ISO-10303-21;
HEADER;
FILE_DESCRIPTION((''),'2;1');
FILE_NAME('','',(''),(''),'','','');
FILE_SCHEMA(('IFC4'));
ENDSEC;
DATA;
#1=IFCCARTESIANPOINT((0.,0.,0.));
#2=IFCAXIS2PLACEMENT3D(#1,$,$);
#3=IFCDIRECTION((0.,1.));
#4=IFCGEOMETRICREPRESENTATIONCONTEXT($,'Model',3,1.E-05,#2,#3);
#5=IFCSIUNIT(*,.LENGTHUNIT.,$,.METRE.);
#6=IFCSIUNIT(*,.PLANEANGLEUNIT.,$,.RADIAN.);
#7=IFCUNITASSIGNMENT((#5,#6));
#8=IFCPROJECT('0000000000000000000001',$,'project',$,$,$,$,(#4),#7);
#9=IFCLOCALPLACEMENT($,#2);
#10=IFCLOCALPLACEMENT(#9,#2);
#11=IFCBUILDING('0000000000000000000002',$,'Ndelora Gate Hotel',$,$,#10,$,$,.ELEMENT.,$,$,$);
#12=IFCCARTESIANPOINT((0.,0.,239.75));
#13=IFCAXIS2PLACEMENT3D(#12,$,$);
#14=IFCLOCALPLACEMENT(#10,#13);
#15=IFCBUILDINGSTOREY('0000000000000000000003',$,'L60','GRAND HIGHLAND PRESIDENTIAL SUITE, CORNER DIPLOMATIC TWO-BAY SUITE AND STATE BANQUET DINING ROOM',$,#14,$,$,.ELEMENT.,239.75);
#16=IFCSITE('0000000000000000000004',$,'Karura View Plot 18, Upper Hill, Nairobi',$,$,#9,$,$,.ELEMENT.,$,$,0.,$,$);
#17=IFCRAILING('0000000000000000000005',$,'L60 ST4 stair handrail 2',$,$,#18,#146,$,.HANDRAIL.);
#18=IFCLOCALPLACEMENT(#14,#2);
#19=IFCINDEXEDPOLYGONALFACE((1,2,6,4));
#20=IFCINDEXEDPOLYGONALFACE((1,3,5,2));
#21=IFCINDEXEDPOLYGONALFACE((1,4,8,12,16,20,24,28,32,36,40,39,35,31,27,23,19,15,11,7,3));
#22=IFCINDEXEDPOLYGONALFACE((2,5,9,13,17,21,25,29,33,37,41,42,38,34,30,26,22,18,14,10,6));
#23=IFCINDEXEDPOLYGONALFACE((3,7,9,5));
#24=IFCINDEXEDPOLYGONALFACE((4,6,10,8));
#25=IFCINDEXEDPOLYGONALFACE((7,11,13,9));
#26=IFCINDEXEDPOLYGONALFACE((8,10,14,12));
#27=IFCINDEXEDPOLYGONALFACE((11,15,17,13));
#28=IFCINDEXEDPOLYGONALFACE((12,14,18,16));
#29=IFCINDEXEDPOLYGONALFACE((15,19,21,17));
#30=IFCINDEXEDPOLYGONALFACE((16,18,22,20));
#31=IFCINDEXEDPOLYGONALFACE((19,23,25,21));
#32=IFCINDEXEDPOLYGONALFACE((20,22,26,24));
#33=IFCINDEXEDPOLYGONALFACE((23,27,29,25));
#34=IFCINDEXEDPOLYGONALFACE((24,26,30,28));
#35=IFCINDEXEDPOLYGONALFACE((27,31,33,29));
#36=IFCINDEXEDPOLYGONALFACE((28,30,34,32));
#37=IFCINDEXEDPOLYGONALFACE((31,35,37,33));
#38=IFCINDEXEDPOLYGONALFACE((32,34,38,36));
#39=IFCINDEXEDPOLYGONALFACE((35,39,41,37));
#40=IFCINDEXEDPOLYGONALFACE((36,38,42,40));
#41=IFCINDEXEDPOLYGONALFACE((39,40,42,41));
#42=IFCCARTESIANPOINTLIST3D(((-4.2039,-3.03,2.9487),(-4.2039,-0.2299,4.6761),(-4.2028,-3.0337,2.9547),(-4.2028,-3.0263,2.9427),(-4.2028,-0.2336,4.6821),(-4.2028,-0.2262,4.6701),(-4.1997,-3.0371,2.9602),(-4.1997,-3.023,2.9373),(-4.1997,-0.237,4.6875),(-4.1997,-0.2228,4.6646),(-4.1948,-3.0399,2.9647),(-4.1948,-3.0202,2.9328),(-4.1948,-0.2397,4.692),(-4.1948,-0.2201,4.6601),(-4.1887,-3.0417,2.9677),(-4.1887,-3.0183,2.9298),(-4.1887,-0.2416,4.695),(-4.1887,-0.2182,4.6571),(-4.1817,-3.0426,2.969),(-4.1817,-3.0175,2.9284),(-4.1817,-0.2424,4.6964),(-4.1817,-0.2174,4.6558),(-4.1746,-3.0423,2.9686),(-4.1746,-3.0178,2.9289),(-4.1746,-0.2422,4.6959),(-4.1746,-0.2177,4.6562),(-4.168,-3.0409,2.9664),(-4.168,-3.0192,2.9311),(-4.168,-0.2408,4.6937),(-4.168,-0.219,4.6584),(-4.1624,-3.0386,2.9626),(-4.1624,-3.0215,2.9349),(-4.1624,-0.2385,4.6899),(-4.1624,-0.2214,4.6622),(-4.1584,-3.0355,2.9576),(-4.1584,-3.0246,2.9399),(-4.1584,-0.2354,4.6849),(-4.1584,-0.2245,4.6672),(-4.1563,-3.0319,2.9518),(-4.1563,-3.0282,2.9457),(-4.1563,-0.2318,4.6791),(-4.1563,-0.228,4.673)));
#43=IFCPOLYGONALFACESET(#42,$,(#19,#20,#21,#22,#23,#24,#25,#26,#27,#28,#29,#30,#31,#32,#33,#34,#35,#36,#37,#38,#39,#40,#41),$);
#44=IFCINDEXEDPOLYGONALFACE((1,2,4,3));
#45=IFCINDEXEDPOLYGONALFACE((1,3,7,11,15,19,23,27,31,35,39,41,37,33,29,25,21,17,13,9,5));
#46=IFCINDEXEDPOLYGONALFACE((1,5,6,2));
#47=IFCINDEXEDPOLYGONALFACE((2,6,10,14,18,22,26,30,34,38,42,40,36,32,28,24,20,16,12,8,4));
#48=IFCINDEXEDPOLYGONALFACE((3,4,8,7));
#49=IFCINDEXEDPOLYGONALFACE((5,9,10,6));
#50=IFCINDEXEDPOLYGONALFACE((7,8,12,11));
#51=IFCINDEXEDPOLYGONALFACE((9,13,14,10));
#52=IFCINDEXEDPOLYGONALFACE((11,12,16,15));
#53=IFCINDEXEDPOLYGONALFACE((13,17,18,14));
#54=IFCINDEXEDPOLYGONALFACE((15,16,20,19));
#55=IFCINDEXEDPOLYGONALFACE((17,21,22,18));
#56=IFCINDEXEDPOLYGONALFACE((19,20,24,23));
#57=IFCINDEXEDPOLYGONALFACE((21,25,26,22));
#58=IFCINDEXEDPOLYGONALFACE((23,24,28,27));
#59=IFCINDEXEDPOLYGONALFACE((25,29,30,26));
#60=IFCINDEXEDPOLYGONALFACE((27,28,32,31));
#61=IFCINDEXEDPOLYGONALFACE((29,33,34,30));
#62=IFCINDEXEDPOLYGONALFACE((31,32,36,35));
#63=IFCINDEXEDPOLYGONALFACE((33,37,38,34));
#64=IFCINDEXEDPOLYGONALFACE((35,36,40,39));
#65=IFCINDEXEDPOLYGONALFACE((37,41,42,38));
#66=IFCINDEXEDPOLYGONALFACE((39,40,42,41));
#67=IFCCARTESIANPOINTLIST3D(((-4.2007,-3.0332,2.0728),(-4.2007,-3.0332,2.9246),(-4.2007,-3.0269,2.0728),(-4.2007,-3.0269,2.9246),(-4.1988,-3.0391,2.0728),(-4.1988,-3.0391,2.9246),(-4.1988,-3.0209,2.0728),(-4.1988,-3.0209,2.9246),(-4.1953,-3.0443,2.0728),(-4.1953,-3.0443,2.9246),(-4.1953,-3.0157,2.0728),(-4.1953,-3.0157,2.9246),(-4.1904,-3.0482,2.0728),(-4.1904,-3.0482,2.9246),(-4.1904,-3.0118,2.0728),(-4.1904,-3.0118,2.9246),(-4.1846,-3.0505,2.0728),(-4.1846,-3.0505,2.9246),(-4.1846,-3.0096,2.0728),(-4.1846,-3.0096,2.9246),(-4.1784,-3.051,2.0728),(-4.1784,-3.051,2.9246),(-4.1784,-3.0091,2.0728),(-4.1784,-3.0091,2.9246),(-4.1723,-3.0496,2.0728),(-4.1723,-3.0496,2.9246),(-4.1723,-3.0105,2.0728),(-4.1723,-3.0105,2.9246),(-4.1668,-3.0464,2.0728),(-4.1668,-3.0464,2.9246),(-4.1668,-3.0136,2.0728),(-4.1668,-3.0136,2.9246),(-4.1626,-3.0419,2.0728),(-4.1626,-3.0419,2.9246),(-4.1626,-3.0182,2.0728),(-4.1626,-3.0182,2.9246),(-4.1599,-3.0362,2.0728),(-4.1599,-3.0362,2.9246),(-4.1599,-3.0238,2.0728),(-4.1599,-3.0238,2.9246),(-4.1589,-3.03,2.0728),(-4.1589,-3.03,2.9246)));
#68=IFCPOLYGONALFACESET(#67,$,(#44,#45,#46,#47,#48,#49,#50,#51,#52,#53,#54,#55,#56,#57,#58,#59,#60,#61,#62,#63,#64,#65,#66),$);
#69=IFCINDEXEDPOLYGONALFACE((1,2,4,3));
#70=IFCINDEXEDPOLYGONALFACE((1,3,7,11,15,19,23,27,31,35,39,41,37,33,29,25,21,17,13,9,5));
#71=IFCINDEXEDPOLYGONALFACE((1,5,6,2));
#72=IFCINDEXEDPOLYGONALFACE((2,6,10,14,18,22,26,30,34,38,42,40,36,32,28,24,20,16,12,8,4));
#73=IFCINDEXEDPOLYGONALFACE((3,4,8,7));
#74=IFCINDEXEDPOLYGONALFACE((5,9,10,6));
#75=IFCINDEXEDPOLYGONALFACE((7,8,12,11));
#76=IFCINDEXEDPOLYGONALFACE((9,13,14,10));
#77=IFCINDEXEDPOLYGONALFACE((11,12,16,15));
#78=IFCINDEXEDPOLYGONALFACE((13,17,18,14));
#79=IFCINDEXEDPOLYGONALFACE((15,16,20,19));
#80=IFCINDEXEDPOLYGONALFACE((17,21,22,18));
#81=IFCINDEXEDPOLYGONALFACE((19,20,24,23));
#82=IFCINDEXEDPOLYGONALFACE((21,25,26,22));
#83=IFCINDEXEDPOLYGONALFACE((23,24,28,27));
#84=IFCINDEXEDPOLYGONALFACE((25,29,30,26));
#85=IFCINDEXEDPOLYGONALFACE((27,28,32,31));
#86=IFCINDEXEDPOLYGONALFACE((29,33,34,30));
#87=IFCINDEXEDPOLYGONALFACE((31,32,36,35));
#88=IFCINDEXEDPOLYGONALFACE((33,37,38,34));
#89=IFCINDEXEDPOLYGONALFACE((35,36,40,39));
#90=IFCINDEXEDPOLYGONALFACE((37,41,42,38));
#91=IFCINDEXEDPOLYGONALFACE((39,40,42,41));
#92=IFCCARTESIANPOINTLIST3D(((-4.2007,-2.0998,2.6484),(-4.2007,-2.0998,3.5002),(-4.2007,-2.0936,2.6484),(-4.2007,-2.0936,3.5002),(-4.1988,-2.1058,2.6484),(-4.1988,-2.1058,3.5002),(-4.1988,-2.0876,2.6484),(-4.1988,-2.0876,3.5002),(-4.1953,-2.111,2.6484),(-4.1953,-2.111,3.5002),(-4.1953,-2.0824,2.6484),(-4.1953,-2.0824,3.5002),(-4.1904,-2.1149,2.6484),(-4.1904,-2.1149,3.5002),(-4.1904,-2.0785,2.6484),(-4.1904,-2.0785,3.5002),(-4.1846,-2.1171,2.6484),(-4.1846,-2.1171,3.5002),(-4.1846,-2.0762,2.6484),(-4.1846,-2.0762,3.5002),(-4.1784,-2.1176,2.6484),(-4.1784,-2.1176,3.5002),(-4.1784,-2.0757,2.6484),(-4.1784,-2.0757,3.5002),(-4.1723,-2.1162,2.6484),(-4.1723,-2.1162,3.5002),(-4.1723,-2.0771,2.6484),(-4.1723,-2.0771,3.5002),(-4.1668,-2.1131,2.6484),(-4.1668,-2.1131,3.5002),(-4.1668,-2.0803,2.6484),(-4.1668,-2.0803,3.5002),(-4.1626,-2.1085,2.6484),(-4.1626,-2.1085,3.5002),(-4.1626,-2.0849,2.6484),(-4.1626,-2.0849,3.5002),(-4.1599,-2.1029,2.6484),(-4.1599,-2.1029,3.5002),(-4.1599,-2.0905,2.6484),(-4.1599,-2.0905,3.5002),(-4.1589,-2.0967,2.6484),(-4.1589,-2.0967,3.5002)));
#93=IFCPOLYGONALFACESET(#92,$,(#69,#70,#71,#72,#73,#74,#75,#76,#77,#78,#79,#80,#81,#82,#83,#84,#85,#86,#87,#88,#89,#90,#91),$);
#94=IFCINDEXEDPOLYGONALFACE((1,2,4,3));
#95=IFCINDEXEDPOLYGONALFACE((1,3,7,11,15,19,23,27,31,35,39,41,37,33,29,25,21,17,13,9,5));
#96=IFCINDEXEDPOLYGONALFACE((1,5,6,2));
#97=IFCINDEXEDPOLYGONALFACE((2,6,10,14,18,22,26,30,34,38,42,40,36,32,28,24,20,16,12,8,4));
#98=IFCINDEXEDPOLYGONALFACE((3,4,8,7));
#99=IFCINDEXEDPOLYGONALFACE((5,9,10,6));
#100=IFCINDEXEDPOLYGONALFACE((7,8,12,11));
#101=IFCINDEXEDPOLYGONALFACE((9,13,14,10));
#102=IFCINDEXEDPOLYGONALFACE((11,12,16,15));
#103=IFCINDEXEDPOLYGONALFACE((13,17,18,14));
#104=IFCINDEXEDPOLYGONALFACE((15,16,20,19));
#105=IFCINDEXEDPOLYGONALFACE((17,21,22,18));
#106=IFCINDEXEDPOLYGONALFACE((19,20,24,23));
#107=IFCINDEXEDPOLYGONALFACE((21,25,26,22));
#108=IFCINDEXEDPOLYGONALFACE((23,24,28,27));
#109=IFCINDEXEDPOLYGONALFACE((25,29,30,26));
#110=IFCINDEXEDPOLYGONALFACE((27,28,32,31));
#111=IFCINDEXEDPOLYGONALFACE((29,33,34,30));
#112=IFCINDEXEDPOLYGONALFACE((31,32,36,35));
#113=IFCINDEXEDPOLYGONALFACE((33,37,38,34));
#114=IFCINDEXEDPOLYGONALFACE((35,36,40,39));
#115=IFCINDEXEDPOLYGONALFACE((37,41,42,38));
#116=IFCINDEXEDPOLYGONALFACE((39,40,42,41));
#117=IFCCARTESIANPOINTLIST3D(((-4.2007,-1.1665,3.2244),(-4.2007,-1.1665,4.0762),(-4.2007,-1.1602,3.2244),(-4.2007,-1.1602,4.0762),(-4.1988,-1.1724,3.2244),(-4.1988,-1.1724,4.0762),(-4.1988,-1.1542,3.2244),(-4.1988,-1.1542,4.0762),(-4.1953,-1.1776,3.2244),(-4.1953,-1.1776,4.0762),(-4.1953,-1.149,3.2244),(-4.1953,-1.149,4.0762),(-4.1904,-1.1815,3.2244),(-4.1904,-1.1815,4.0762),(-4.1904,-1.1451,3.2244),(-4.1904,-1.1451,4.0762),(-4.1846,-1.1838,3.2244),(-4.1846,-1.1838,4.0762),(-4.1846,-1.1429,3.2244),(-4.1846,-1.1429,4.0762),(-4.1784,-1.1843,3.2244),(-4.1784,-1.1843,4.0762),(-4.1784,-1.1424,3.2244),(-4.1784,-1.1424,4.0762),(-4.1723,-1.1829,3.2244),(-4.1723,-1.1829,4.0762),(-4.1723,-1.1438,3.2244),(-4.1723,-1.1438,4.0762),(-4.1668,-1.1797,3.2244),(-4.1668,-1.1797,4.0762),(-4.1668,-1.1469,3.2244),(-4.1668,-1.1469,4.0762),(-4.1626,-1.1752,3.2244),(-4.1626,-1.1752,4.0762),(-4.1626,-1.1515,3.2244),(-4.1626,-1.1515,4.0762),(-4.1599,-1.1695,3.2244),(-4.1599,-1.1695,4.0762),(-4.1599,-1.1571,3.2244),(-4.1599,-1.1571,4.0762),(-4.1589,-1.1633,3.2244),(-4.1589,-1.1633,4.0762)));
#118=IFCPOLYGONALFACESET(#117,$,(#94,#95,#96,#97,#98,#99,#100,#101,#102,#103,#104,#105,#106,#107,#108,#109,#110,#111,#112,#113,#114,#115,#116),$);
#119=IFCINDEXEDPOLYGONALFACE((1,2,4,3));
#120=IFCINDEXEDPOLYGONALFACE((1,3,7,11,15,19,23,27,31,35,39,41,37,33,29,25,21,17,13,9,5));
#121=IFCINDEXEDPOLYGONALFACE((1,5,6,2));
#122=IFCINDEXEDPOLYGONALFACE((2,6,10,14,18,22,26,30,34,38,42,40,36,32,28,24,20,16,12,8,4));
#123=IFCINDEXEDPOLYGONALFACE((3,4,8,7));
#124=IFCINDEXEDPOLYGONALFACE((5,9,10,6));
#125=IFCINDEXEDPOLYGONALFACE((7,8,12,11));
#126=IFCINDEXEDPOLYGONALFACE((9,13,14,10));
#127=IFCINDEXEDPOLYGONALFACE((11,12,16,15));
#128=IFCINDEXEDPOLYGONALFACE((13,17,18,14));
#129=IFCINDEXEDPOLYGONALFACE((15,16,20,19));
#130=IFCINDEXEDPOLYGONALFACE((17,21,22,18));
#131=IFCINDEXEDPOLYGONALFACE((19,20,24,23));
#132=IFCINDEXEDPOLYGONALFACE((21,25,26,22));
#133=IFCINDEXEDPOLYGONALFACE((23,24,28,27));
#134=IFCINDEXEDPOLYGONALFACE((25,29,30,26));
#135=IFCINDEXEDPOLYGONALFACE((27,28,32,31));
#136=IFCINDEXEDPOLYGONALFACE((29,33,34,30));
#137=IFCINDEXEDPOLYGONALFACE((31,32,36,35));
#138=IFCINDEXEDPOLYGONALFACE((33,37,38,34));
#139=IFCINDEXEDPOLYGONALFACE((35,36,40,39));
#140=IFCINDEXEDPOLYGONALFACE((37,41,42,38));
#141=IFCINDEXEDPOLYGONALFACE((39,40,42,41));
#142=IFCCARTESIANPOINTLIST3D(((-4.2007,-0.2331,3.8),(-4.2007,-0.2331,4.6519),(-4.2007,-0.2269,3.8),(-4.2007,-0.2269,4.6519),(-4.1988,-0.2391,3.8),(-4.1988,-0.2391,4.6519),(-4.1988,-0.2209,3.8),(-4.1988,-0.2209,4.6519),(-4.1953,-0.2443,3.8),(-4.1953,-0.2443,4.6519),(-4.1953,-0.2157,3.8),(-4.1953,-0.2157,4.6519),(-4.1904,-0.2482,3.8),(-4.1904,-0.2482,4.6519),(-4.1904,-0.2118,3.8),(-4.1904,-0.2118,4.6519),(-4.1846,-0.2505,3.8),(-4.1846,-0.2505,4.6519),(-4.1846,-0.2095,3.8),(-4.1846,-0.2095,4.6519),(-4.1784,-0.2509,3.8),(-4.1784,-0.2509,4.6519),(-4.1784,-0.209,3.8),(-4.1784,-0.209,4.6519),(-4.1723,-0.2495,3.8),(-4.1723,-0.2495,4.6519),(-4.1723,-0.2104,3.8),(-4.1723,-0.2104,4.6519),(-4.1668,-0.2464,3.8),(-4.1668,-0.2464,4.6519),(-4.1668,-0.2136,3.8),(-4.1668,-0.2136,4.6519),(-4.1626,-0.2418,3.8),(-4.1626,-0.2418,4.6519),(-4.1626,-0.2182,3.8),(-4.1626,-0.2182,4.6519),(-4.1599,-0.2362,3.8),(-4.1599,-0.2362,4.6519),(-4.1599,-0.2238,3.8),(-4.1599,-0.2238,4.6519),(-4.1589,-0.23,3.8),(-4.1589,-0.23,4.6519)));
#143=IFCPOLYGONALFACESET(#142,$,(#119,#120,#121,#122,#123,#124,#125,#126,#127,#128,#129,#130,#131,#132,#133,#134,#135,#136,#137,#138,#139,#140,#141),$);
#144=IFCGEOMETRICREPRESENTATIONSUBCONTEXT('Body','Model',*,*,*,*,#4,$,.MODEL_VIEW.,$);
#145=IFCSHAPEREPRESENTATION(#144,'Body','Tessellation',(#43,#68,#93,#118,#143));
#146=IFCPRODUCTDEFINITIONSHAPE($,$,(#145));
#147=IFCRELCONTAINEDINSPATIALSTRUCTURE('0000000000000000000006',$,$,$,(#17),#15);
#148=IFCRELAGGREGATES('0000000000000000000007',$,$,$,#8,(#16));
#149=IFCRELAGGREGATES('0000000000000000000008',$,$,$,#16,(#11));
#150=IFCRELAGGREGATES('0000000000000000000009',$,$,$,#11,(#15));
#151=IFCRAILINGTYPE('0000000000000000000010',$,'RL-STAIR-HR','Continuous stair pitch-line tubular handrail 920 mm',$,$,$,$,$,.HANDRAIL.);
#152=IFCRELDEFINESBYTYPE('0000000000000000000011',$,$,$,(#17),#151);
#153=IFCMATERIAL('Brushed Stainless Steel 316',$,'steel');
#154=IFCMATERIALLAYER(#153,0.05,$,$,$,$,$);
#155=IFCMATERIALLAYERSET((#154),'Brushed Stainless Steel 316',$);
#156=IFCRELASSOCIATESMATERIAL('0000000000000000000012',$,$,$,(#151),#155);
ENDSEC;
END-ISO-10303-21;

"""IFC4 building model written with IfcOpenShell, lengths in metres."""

from ifc_helpers import new_model, si_unit, direction, frame, origin, origin_2d, place, context, subcontext, project, spatial, circle, extrude, material, layer, layer_set, type_object, element, save


model = new_model("IFC4")

# Units and contexts
model_context = context("Model", 3, precision=1e-05, world=origin(), true_north=direction((0.0, 1.0)))
body_context = subcontext(model_context, "Body", "Model", "MODEL_VIEW")
ifc_project = project(units=[si_unit("LENGTHUNIT", "METRE"), si_unit("PLANEANGLEUNIT", "RADIAN")], contexts=[model_context])

# Site, building, storey
site_placement = place(None, origin())
site = spatial("IfcSite", under=ifc_project, at=site_placement, Name="Karura View Plot 18, Upper Hill, Nairobi", CompositionType="ELEMENT", RefElevation=0.0)
building_placement = place(site_placement, origin())
building = spatial("IfcBuilding", under=site, at=building_placement, Name="Ndelora Gate Hotel", CompositionType="ELEMENT")
storey_placement = place(building_placement, frame((0.0, 0.0, 239.75)))
storey = spatial("IfcBuildingStorey", under=building, at=storey_placement, Name="L60", Description="GRAND HIGHLAND PRESIDENTIAL SUITE, CORNER DIPLOMATIC TWO-BAY SUITE AND STATE BANQUET DINING ROOM", CompositionType="ELEMENT", Elevation=239.75)

# Railing
ifc_material_1 = material(Name="Brushed Stainless Steel 316", Category="steel")
ifc_layer_1 = layer(ifc_material_1, 0.05)
ifc_layer_set_1 = layer_set([ifc_layer_1], Name="Brushed Stainless Steel 316")
railing_type_1 = type_object("IfcRailingType", Name="RL-STAIR-HR", Description="Continuous stair pitch-line tubular handrail 920 mm", PredefinedType="HANDRAIL", material=ifc_layer_set_1)
railing_1_placement = place(storey_placement, frame((-4.1799, -3.03, 2.0728)))
element("IfcRailing", 1, at=railing_1_placement, inside=storey, type_object=railing_type_1, Name="L60 ST4 stair handrail 2", PredefinedType="HANDRAIL", context=body_context, shape_type="SweptSolid", body=[
    extrude(circle(Radius=0.0239, at=origin_2d()), frame((0.0, 0.0, 0.876), z_axis=(0.0, 0.85109, 0.52502), x_axis=(-1.0, 0.0, 0.0)), (0.0, 0.0, 1.0), 3.29),
    extrude(circle(Radius=0.021, at=origin_2d()), origin(), (0.0, 0.0, 1.0), 0.8518),
    extrude(circle(Radius=0.021, at=origin_2d()), frame((0.0, 0.9333, 0.5757)), (0.0, 0.0, 1.0), 0.8518),
    extrude(circle(Radius=0.021, at=origin_2d()), frame((0.0, 1.8667, 1.1516)), (0.0, 0.0, 1.0), 0.8518),
    extrude(circle(Radius=0.021, at=origin_2d()), frame((0.0, 2.8, 1.7273)), (0.0, 0.0, 1.0), 0.8518),
])

save(model, "model.ifc")
